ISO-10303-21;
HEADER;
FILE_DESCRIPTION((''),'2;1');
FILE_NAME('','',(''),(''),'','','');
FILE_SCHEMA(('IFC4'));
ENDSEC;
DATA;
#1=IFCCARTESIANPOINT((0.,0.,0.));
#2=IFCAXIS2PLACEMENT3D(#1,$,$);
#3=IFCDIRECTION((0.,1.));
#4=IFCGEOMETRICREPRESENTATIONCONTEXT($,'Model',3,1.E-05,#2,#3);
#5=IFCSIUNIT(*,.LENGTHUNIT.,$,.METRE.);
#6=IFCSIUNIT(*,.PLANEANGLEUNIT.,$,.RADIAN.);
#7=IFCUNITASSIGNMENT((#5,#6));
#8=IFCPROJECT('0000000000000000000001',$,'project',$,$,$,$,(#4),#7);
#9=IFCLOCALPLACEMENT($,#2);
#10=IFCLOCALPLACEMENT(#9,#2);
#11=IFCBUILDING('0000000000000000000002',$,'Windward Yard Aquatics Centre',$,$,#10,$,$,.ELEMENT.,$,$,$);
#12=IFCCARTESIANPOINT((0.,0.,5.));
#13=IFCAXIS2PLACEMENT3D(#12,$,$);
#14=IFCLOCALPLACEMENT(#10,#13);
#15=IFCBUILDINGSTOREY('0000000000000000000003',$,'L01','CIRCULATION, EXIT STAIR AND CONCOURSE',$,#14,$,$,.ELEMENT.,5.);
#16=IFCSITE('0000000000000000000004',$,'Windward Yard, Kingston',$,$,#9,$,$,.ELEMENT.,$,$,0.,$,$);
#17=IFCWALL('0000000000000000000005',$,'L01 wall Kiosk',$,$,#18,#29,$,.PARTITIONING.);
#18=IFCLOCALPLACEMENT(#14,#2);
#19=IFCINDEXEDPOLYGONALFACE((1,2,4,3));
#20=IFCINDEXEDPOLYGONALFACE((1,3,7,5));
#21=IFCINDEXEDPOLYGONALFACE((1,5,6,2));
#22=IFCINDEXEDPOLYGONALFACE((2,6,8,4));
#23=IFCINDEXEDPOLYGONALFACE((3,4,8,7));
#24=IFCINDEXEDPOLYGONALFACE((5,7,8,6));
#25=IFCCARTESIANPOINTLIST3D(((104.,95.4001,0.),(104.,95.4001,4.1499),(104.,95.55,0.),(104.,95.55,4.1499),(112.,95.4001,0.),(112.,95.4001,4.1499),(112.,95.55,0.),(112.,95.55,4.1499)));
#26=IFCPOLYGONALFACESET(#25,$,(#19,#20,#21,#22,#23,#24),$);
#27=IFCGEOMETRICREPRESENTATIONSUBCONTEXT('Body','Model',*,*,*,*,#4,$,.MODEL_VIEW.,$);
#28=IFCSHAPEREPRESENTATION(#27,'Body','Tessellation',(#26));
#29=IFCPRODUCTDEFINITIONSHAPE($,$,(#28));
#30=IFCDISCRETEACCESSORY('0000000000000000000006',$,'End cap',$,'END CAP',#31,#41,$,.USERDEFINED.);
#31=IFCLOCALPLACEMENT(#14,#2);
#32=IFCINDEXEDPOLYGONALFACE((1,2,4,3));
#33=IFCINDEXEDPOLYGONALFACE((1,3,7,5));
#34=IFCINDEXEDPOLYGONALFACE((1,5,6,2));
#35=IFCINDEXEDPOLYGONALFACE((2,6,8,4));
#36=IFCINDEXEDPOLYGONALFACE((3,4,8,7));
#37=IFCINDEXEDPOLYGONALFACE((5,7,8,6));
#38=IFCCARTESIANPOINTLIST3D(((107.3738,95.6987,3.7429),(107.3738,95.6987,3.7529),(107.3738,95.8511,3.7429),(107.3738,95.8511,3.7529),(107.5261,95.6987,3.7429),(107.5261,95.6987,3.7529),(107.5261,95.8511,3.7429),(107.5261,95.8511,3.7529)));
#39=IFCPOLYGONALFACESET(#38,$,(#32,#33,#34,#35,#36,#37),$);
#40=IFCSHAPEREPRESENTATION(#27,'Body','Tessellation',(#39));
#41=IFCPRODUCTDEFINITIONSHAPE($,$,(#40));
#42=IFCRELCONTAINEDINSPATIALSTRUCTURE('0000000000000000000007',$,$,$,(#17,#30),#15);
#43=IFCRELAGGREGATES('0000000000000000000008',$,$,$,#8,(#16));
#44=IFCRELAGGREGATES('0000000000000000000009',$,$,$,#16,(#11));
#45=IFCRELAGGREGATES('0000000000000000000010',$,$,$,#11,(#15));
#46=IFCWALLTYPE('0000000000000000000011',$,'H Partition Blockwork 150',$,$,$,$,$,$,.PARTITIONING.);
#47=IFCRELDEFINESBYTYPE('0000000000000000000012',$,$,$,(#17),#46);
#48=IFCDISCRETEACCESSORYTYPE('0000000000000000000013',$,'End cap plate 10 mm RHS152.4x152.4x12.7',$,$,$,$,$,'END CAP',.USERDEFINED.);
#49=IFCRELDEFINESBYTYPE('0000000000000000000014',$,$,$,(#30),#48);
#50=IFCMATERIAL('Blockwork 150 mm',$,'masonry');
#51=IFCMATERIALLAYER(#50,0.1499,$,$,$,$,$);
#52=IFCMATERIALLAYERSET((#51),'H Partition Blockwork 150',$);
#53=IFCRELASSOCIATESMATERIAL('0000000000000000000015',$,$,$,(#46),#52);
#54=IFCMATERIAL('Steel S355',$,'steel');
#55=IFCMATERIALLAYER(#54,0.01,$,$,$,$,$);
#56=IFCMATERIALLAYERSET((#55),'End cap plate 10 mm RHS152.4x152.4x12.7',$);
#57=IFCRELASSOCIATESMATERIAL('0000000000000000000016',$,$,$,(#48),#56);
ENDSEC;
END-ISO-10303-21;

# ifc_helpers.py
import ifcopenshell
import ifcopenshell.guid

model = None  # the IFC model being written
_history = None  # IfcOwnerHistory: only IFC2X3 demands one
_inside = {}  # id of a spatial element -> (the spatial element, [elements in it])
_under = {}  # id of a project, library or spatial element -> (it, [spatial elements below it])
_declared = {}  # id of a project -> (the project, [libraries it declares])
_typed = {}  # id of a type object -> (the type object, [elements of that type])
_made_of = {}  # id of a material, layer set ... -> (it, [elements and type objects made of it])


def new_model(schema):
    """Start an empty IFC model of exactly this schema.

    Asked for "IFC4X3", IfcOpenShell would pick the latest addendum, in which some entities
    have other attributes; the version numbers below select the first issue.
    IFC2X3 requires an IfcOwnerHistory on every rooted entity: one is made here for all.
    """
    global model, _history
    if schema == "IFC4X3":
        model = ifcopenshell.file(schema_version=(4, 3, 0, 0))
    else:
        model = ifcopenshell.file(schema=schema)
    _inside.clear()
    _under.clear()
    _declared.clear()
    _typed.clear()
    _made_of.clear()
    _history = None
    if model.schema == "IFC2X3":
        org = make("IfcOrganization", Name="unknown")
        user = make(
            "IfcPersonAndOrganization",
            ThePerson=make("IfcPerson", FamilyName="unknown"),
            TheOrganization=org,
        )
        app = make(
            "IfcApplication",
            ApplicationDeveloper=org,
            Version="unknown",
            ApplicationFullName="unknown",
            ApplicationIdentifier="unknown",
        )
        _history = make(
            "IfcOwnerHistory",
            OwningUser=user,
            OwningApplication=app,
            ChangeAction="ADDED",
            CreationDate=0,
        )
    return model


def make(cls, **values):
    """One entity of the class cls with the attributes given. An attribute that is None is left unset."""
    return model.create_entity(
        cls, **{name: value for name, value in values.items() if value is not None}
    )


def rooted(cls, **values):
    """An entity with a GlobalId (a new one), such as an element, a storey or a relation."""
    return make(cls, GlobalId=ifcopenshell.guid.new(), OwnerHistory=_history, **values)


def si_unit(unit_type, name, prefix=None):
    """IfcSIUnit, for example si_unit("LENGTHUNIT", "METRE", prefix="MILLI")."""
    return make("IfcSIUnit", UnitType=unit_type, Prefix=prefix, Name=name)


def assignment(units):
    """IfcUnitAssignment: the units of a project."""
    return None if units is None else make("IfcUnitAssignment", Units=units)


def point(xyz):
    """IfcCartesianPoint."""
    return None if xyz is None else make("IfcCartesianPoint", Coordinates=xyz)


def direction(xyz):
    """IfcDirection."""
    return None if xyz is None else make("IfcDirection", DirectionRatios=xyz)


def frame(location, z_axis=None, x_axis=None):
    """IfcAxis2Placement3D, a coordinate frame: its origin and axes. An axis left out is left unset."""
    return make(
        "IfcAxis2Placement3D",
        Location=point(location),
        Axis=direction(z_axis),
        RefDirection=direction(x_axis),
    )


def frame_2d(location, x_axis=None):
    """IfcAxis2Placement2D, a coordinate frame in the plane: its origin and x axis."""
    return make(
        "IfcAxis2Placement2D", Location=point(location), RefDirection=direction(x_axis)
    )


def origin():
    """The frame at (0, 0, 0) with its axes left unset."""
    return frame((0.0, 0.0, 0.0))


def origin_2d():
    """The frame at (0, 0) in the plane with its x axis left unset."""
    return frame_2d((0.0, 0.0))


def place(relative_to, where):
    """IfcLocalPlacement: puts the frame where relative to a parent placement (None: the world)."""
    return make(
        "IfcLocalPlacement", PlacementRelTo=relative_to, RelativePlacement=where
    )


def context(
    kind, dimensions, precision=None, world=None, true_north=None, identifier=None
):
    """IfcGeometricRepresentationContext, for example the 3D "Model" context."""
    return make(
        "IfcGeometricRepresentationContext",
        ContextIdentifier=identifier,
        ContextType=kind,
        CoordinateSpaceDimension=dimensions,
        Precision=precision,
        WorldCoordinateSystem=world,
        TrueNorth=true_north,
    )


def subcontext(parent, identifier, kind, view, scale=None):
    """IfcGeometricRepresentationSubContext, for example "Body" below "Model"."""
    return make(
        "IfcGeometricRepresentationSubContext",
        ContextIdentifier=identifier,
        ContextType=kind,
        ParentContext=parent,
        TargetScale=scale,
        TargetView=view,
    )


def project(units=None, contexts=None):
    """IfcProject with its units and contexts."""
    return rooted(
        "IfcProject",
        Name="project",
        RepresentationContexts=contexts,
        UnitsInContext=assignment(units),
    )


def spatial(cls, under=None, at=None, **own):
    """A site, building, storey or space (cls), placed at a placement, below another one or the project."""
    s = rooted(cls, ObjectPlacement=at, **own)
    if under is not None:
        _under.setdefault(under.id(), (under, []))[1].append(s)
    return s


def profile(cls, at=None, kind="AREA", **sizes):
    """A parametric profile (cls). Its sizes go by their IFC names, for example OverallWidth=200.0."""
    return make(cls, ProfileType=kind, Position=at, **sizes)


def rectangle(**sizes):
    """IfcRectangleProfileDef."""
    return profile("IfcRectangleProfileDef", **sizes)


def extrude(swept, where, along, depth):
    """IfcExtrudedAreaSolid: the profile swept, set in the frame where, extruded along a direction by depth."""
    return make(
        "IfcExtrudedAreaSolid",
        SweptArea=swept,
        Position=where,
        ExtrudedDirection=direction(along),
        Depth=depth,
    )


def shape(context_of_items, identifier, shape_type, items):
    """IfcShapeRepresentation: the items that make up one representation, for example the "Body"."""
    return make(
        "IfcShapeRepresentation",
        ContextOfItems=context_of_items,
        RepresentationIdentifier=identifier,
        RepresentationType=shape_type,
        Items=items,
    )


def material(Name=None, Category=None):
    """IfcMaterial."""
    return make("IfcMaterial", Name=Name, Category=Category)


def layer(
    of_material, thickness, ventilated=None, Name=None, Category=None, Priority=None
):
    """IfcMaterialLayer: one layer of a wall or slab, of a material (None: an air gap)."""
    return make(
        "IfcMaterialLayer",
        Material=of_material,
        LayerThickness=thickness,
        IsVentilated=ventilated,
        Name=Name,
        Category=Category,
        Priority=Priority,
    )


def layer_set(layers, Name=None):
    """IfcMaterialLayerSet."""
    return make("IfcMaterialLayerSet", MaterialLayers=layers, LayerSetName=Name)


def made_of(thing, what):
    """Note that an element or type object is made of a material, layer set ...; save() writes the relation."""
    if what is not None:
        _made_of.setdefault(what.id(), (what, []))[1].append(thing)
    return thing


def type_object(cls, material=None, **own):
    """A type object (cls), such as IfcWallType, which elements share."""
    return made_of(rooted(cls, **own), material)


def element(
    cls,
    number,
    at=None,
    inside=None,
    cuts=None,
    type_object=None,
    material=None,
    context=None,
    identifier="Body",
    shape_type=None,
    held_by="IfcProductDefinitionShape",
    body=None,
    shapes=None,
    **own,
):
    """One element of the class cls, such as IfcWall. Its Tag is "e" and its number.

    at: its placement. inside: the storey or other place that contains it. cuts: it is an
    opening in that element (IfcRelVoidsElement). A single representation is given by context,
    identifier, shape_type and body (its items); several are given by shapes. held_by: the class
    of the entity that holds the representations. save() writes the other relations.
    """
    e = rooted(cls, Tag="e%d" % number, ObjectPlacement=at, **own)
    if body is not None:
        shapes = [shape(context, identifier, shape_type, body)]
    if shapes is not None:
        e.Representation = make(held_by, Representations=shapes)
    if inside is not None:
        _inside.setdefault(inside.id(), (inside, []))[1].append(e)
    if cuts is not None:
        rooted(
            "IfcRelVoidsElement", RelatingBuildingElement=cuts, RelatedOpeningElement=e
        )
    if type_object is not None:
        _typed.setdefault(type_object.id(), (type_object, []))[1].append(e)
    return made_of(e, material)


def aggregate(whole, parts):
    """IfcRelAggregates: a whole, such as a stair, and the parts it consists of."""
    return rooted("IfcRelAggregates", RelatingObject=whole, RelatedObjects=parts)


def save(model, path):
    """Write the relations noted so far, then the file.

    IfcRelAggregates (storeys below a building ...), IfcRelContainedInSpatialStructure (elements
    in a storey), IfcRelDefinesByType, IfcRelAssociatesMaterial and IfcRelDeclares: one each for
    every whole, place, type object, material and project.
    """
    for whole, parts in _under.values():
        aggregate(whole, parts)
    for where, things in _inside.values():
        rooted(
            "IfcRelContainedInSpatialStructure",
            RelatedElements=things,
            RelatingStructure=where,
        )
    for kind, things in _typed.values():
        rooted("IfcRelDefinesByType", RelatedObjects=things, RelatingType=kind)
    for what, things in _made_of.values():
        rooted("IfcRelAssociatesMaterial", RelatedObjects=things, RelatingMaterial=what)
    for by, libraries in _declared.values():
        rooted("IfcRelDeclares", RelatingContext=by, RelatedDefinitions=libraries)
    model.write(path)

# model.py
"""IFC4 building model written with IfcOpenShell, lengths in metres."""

from ifc_helpers import new_model, si_unit, direction, frame, frame_2d, origin, origin_2d, place, context, subcontext, project, spatial, rectangle, extrude, material, layer, layer_set, type_object, element, save


model = new_model("IFC4")

# Units and contexts
model_context = context("Model", 3, precision=1e-05, world=origin(), true_north=direction((0.0, 1.0)))
body_context = subcontext(model_context, "Body", "Model", "MODEL_VIEW")
ifc_project = project(units=[si_unit("LENGTHUNIT", "METRE"), si_unit("PLANEANGLEUNIT", "RADIAN")], contexts=[model_context])

# Site, building, storey
site_placement = place(None, origin())
site = spatial("IfcSite", under=ifc_project, at=site_placement, Name="Windward Yard, Kingston", CompositionType="ELEMENT", RefElevation=0.0)
building_placement = place(site_placement, origin())
building = spatial("IfcBuilding", under=site, at=building_placement, Name="Windward Yard Aquatics Centre", CompositionType="ELEMENT")
storey_placement = place(building_placement, frame((0.0, 0.0, 5.0)))
storey = spatial("IfcBuildingStorey", under=building, at=storey_placement, Name="L01", Description="CIRCULATION, EXIT STAIR AND CONCOURSE", CompositionType="ELEMENT", Elevation=5.0)

# Wall
ifc_material_1 = material(Name="Blockwork 150 mm", Category="masonry")
ifc_layer_1 = layer(ifc_material_1, 0.1499)
ifc_layer_set_1 = layer_set([ifc_layer_1], Name="H Partition Blockwork 150")
wall_type = type_object("IfcWallType", Name="H Partition Blockwork 150", PredefinedType="PARTITIONING", material=ifc_layer_set_1)
wall_1_placement = place(storey_placement, frame((104.0, 95.4751, 0.0), z_axis=(0.0, 0.0, 1.0), x_axis=(1.0, 0.0, 0.0)))
element("IfcWall", 1, at=wall_1_placement, inside=storey, type_object=wall_type, Name="L01 wall Kiosk", PredefinedType="PARTITIONING", context=body_context, shape_type="SweptSolid", body=[
    extrude(rectangle(XDim=8.0, YDim=0.1499, at=frame_2d((4.0, 0.0))), origin(), (0.0, 0.0, 1.0), 4.1499),
])

# Discrete accessory
ifc_material_2 = material(Name="Steel S355", Category="steel")
ifc_layer_2 = layer(ifc_material_2, 0.01)
ifc_layer_set_2 = layer_set([ifc_layer_2], Name="End cap plate 10 mm RHS152.4x152.4x12.7")
discrete_accessory_type = type_object("IfcDiscreteAccessoryType", Name="End cap plate 10 mm RHS152.4x152.4x12.7", ElementType="END CAP", PredefinedType="USERDEFINED", material=ifc_layer_set_2)
discrete_accessory_placement = place(storey_placement, frame((107.45, 95.7749, 3.7429), z_axis=(0.0, 0.0, 1.0), x_axis=(1.0, 0.0, 0.0)))
element("IfcDiscreteAccessory", 2, at=discrete_accessory_placement, inside=storey, type_object=discrete_accessory_type, Name="End cap", ObjectType="END CAP", PredefinedType="USERDEFINED", context=body_context, shape_type="SweptSolid", body=[
    extrude(rectangle(XDim=0.1523, YDim=0.1523, at=origin_2d()), origin(), (0.0, 0.0, 1.0), 0.01),
])

save(model, "model.ifc")
